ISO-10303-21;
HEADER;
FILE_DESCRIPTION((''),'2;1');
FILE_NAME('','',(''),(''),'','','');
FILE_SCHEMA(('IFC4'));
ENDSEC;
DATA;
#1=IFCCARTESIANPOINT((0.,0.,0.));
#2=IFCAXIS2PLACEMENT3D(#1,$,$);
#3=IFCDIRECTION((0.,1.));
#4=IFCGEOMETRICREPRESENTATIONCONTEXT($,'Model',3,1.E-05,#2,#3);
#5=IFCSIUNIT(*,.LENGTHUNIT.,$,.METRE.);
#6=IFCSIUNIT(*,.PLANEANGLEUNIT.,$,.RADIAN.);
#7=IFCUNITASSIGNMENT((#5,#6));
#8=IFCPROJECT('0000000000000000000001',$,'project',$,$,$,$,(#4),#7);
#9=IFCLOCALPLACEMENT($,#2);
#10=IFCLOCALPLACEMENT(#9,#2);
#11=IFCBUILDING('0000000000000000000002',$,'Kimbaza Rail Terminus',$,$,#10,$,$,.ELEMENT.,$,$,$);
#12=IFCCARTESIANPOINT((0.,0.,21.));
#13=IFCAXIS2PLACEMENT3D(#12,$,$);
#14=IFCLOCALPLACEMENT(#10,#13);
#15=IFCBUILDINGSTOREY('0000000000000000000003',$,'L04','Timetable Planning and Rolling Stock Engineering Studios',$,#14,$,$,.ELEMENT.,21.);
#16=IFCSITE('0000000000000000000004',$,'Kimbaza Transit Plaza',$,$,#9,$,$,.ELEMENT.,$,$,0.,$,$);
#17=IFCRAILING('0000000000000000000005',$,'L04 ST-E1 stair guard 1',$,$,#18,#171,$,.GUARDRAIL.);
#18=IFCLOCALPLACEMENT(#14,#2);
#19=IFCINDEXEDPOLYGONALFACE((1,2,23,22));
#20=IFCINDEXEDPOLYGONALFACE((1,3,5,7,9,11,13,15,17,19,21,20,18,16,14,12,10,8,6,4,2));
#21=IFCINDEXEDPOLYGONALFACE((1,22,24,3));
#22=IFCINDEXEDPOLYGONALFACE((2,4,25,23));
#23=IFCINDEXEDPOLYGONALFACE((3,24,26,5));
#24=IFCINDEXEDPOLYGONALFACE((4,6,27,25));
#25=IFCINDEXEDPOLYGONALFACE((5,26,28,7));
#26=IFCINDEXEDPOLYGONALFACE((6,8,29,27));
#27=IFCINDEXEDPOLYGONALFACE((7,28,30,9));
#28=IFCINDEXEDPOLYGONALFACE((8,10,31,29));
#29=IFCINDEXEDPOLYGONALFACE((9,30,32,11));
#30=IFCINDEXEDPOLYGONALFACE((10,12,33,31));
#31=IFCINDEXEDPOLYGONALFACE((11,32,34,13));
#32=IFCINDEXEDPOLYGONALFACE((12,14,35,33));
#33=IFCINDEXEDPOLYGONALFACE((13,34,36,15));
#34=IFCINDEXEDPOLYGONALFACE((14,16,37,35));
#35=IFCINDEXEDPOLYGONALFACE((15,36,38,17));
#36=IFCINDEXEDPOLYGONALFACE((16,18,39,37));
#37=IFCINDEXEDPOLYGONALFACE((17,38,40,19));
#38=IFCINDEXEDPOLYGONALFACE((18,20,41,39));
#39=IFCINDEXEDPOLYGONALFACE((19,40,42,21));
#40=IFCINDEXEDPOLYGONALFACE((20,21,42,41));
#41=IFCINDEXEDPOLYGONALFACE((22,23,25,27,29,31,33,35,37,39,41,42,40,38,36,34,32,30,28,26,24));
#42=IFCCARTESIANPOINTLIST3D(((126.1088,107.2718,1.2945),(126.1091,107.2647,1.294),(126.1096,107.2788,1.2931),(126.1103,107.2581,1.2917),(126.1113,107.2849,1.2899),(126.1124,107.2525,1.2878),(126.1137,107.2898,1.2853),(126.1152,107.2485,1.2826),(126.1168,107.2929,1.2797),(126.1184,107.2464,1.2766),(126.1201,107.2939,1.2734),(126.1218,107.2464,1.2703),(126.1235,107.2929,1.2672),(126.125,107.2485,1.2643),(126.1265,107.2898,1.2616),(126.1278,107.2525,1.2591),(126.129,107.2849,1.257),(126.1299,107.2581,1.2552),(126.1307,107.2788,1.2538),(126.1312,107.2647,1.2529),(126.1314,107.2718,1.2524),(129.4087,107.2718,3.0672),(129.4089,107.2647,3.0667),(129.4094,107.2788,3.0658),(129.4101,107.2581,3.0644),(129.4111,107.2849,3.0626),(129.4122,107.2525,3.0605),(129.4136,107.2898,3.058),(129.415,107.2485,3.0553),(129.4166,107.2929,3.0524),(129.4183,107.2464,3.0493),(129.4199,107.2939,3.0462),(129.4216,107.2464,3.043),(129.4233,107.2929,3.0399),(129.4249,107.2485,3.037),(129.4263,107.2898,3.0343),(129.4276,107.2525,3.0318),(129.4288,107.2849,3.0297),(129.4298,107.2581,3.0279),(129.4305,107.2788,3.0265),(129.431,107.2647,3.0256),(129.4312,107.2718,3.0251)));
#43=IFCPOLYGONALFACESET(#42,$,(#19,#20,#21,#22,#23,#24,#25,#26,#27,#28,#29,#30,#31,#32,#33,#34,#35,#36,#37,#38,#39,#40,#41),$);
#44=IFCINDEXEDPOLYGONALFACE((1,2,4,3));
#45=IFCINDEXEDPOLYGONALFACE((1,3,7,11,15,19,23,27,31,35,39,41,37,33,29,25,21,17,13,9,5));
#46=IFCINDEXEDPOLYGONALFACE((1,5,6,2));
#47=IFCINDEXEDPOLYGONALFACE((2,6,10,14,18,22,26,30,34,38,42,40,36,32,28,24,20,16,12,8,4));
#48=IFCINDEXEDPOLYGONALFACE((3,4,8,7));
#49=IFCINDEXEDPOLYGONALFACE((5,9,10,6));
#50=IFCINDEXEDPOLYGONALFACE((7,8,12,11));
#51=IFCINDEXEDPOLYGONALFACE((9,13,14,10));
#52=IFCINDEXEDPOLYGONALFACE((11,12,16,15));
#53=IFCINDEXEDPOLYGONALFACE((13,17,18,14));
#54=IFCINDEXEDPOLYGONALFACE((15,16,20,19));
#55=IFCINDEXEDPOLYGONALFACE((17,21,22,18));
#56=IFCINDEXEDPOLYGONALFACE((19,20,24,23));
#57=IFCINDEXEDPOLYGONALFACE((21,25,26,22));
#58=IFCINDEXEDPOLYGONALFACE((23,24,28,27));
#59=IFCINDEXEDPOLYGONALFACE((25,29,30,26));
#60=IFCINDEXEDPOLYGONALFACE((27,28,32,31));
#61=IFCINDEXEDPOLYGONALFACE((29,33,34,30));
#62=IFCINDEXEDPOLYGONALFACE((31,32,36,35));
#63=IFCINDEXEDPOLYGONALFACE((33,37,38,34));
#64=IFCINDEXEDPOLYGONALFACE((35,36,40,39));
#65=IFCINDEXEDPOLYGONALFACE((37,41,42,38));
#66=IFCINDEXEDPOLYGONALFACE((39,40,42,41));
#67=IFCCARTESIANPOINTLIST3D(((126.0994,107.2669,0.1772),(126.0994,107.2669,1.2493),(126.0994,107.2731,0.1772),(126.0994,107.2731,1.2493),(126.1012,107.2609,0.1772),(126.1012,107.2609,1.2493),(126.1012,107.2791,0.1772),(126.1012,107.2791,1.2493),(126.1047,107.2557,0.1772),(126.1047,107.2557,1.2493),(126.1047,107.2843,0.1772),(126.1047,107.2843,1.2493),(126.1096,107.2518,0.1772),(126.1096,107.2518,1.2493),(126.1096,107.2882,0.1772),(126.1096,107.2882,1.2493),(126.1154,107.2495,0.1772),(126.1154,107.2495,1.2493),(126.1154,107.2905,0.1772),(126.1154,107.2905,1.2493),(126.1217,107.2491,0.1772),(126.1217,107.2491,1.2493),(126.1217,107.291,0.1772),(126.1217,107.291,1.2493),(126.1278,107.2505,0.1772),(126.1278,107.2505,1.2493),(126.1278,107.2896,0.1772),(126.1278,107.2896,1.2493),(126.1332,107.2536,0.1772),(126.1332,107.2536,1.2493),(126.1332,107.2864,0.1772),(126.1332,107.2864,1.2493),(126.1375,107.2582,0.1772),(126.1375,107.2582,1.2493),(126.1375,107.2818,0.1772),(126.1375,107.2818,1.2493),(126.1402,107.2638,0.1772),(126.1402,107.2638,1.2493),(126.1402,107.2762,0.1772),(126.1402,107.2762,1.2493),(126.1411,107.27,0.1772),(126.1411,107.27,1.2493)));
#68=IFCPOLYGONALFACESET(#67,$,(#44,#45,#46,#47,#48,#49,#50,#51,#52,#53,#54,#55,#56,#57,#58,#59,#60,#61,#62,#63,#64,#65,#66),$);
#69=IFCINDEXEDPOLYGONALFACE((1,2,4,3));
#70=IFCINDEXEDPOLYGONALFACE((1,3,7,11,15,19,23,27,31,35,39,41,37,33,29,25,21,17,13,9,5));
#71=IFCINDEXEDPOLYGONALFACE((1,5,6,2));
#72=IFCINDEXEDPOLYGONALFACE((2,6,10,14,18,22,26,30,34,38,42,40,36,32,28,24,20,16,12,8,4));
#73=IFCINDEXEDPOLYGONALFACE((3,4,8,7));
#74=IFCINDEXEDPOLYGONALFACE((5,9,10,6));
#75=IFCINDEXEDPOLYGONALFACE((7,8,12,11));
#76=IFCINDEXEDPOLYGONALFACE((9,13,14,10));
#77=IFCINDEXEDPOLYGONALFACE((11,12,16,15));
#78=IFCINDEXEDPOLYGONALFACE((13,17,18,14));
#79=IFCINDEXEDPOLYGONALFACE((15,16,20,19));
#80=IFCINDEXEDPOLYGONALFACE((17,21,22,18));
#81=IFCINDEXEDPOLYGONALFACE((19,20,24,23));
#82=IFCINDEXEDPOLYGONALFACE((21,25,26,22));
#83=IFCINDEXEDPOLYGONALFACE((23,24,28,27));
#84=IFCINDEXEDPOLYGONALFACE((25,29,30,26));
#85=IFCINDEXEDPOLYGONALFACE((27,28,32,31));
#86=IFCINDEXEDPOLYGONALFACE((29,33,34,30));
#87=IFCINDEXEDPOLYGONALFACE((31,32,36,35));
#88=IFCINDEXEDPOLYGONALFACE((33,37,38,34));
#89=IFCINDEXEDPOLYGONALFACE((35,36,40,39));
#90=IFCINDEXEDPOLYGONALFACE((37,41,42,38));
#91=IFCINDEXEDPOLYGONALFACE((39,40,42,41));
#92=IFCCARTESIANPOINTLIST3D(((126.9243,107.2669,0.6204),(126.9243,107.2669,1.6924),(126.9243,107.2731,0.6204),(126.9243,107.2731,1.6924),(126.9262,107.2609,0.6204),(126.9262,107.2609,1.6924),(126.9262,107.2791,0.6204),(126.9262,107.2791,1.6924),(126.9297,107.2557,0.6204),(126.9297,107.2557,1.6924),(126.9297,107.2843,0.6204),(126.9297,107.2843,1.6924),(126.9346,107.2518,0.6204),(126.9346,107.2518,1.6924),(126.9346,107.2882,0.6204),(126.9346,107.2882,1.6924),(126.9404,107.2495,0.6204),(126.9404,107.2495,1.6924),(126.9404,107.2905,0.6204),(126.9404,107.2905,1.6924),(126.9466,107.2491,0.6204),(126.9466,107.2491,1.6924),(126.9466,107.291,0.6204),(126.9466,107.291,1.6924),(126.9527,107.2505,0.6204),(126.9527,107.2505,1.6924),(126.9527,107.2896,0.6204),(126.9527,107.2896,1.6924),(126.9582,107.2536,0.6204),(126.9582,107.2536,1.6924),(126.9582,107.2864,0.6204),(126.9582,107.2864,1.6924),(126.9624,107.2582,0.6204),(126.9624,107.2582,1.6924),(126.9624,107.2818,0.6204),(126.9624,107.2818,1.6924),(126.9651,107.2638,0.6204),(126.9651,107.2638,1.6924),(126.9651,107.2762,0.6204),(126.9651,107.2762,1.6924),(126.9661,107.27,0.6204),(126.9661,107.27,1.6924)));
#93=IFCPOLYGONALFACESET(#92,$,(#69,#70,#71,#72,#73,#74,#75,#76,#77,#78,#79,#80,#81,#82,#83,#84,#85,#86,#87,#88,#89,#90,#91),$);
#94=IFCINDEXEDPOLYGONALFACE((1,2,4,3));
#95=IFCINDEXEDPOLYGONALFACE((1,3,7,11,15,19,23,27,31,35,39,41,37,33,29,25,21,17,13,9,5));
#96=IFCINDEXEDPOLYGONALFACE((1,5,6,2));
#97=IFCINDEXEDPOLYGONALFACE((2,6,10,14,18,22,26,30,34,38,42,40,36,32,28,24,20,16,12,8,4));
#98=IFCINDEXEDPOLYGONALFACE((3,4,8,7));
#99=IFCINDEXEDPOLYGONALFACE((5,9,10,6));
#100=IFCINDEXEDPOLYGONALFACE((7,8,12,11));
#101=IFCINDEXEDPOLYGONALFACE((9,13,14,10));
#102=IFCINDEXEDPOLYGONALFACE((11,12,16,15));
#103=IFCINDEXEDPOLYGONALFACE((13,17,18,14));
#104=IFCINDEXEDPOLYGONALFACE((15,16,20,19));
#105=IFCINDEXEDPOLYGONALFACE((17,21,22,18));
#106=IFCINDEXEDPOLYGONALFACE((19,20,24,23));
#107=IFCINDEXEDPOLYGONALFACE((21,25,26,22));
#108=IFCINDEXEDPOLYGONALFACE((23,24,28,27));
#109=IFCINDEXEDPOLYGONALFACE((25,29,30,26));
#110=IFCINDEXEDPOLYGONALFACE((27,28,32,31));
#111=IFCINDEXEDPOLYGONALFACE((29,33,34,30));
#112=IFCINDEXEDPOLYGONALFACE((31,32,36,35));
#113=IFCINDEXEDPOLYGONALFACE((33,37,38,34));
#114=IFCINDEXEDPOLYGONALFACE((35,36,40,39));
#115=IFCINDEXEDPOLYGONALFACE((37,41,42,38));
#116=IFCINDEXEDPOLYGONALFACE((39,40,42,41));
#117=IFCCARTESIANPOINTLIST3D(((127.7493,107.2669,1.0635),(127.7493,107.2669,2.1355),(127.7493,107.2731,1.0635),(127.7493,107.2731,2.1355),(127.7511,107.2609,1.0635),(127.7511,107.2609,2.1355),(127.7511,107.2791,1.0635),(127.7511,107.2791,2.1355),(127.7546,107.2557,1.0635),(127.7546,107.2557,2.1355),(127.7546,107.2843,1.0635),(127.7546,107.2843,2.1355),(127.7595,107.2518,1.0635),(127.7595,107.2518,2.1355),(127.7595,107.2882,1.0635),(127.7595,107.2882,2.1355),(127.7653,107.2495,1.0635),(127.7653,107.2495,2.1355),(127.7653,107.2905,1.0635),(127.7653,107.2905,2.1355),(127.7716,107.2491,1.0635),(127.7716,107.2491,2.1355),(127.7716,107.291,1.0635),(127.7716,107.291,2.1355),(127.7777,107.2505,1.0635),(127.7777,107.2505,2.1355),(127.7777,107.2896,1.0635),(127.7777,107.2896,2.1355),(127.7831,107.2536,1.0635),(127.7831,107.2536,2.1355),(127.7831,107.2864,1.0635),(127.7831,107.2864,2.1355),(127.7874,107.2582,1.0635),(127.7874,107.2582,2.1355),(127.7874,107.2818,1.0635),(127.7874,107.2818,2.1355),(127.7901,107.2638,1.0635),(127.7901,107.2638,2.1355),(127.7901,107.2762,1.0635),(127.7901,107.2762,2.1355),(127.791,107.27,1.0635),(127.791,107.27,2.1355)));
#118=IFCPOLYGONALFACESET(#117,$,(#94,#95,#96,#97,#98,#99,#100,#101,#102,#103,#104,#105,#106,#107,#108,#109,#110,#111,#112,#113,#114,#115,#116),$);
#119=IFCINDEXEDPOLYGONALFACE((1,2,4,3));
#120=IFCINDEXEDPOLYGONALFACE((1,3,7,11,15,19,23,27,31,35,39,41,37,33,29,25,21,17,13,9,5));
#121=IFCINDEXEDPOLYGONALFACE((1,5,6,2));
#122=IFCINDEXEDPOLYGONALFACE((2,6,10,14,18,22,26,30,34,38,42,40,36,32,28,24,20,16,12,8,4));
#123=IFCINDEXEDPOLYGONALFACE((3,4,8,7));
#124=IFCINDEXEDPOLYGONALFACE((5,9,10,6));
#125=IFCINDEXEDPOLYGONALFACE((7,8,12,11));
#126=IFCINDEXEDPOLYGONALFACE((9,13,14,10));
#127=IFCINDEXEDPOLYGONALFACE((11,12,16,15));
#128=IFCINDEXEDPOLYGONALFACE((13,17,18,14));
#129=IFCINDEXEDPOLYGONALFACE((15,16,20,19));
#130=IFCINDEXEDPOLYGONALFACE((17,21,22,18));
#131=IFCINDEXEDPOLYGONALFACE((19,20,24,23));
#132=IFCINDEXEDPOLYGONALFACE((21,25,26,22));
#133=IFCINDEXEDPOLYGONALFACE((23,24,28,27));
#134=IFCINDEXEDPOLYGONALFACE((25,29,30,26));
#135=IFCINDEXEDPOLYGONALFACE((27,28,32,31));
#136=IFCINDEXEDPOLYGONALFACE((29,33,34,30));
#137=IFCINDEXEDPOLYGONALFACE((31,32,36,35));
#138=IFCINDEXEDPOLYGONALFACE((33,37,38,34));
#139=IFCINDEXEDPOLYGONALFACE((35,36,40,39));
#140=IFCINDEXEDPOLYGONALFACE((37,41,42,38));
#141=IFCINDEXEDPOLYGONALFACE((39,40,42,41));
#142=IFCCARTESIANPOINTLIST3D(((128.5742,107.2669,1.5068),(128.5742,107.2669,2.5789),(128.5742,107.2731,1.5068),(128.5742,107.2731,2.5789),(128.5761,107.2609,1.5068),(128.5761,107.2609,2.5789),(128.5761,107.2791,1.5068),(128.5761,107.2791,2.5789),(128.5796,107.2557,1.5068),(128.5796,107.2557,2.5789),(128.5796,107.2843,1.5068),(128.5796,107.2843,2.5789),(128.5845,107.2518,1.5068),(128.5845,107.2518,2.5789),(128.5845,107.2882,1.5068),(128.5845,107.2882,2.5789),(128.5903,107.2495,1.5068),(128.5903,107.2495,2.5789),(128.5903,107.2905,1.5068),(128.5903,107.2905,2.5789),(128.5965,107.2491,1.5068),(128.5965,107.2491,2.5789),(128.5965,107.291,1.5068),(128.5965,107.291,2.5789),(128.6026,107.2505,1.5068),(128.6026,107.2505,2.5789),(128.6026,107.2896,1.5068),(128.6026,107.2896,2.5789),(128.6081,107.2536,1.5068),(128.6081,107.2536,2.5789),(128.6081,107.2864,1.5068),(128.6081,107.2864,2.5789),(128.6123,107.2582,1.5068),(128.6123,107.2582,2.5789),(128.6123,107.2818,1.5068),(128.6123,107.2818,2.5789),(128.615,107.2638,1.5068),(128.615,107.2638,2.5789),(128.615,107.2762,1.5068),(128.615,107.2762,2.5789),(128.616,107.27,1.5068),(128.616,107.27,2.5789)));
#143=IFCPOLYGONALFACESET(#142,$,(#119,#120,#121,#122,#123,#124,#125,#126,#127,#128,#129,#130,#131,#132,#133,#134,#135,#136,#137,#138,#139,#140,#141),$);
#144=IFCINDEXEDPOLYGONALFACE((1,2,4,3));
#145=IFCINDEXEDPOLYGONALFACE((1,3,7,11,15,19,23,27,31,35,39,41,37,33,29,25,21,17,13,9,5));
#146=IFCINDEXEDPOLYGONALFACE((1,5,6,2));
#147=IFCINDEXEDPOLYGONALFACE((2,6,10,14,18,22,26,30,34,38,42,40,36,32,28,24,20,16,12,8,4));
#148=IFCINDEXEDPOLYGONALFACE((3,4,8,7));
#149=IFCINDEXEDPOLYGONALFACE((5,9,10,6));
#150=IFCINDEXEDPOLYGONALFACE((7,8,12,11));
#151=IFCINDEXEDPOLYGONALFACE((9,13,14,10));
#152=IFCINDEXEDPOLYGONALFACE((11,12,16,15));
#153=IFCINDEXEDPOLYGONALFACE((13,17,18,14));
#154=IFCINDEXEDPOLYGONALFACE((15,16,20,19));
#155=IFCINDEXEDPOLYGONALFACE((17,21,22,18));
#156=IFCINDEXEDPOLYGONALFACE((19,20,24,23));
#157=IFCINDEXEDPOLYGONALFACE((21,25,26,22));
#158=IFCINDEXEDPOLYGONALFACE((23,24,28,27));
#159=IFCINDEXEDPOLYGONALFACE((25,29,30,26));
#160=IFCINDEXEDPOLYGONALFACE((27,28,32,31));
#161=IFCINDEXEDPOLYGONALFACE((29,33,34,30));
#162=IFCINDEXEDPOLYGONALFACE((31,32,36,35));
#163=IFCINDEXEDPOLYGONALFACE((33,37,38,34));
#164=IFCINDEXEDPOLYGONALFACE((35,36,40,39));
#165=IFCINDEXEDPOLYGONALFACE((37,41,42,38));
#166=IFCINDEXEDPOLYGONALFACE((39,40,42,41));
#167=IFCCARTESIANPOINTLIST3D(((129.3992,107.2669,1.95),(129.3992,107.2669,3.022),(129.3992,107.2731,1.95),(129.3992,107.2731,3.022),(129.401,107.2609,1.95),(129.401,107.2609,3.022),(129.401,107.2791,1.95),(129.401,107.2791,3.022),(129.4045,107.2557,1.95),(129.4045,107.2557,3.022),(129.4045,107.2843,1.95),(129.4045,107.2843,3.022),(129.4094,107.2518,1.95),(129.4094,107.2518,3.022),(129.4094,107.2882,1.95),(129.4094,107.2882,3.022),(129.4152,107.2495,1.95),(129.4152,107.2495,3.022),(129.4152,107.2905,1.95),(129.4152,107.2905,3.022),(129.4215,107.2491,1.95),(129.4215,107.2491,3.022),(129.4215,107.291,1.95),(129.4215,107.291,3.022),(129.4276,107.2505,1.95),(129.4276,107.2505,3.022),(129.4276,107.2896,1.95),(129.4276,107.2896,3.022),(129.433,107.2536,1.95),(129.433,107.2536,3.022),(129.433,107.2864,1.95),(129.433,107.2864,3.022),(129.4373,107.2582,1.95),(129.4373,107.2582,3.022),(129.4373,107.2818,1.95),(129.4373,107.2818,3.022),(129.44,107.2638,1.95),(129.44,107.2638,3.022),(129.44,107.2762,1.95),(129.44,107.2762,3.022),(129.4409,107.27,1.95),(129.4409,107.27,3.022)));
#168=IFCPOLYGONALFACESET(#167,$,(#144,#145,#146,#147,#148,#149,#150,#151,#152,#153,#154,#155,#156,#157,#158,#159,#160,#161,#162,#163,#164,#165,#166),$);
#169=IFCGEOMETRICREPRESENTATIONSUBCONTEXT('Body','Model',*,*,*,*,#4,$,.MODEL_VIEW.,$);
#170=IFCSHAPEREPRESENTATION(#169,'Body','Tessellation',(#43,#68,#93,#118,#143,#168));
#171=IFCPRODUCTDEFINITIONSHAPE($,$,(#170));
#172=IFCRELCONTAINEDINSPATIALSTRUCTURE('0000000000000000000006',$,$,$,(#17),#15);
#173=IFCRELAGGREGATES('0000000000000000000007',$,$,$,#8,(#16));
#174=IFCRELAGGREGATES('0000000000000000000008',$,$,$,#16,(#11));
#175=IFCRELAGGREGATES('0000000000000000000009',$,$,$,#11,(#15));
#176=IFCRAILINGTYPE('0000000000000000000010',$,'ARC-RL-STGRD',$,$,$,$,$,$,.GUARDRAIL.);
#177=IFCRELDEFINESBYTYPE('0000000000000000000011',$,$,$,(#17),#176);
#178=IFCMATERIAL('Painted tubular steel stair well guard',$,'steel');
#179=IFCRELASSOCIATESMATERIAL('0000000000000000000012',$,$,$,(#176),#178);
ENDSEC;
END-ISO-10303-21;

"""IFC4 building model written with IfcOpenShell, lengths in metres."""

from ifc_helpers import new_model, si_unit, direction, frame, origin, origin_2d, place, context, subcontext, project, spatial, circle, extrude, material, type_object, element, save


model = new_model("IFC4")

# Units and contexts
model_context = context("Model", 3, precision=1e-05, world=origin(), true_north=direction((0.0, 1.0)))
body_context = subcontext(model_context, "Body", "Model", "MODEL_VIEW")
ifc_project = project(units=[si_unit("LENGTHUNIT", "METRE"), si_unit("PLANEANGLEUNIT", "RADIAN")], contexts=[model_context])

# Site, building, storey
site_placement = place(None, origin())
site = spatial("IfcSite", under=ifc_project, at=site_placement, Name="Kimbaza Transit Plaza", CompositionType="ELEMENT", RefElevation=0.0)
building_placement = place(site_placement, origin())
building = spatial("IfcBuilding", under=site, at=building_placement, Name="Kimbaza Rail Terminus", CompositionType="ELEMENT")
storey_placement = place(building_placement, frame((0.0, 0.0, 21.0)))
storey = spatial("IfcBuildingStorey", under=building, at=storey_placement, Name="L04", Description="Timetable Planning and Rolling Stock Engineering Studios", CompositionType="ELEMENT", Elevation=21.0)

# Railing
ifc_material_1 = material(Name="Painted tubular steel stair well guard", Category="steel")
railing_type_1 = type_object("IfcRailingType", Name="ARC-RL-STGRD", PredefinedType="GUARDRAIL", material=ifc_material_1)
railing_1_placement = place(storey_placement, frame((126.1201, 107.27, 0.1772)))
element("IfcRailing", 1, at=railing_1_placement, inside=storey, type_object=railing_type_1, Name="L04 ST-E1 stair guard 1", PredefinedType="GUARDRAIL", context=body_context, shape_type="SweptSolid", body=[
    extrude(circle(Radius=0.0239, at=origin_2d()), frame((0.0, 0.0, 1.0962), z_axis=(0.880929, 0.0, 0.473248), x_axis=(0.0, 1.0, 0.0)), (0.0, 0.0, 1.0), 3.7458),
    extrude(circle(Radius=0.021, at=origin_2d()), origin(), (0.0, 0.0, 1.0), 1.072),
    extrude(circle(Radius=0.021, at=origin_2d()), frame((0.825, 0.0, 0.4431)), (0.0, 0.0, 1.0), 1.072),
    extrude(circle(Radius=0.021, at=origin_2d()), frame((1.6499, 0.0, 0.8862)), (0.0, 0.0, 1.0), 1.072),
    extrude(circle(Radius=0.021, at=origin_2d()), frame((2.4749, 0.0, 1.3296)), (0.0, 0.0, 1.0), 1.072),
    extrude(circle(Radius=0.021, at=origin_2d()), frame((3.2998, 0.0, 1.7727)), (0.0, 0.0, 1.0), 1.072),
])

save(model, "model.ifc")
